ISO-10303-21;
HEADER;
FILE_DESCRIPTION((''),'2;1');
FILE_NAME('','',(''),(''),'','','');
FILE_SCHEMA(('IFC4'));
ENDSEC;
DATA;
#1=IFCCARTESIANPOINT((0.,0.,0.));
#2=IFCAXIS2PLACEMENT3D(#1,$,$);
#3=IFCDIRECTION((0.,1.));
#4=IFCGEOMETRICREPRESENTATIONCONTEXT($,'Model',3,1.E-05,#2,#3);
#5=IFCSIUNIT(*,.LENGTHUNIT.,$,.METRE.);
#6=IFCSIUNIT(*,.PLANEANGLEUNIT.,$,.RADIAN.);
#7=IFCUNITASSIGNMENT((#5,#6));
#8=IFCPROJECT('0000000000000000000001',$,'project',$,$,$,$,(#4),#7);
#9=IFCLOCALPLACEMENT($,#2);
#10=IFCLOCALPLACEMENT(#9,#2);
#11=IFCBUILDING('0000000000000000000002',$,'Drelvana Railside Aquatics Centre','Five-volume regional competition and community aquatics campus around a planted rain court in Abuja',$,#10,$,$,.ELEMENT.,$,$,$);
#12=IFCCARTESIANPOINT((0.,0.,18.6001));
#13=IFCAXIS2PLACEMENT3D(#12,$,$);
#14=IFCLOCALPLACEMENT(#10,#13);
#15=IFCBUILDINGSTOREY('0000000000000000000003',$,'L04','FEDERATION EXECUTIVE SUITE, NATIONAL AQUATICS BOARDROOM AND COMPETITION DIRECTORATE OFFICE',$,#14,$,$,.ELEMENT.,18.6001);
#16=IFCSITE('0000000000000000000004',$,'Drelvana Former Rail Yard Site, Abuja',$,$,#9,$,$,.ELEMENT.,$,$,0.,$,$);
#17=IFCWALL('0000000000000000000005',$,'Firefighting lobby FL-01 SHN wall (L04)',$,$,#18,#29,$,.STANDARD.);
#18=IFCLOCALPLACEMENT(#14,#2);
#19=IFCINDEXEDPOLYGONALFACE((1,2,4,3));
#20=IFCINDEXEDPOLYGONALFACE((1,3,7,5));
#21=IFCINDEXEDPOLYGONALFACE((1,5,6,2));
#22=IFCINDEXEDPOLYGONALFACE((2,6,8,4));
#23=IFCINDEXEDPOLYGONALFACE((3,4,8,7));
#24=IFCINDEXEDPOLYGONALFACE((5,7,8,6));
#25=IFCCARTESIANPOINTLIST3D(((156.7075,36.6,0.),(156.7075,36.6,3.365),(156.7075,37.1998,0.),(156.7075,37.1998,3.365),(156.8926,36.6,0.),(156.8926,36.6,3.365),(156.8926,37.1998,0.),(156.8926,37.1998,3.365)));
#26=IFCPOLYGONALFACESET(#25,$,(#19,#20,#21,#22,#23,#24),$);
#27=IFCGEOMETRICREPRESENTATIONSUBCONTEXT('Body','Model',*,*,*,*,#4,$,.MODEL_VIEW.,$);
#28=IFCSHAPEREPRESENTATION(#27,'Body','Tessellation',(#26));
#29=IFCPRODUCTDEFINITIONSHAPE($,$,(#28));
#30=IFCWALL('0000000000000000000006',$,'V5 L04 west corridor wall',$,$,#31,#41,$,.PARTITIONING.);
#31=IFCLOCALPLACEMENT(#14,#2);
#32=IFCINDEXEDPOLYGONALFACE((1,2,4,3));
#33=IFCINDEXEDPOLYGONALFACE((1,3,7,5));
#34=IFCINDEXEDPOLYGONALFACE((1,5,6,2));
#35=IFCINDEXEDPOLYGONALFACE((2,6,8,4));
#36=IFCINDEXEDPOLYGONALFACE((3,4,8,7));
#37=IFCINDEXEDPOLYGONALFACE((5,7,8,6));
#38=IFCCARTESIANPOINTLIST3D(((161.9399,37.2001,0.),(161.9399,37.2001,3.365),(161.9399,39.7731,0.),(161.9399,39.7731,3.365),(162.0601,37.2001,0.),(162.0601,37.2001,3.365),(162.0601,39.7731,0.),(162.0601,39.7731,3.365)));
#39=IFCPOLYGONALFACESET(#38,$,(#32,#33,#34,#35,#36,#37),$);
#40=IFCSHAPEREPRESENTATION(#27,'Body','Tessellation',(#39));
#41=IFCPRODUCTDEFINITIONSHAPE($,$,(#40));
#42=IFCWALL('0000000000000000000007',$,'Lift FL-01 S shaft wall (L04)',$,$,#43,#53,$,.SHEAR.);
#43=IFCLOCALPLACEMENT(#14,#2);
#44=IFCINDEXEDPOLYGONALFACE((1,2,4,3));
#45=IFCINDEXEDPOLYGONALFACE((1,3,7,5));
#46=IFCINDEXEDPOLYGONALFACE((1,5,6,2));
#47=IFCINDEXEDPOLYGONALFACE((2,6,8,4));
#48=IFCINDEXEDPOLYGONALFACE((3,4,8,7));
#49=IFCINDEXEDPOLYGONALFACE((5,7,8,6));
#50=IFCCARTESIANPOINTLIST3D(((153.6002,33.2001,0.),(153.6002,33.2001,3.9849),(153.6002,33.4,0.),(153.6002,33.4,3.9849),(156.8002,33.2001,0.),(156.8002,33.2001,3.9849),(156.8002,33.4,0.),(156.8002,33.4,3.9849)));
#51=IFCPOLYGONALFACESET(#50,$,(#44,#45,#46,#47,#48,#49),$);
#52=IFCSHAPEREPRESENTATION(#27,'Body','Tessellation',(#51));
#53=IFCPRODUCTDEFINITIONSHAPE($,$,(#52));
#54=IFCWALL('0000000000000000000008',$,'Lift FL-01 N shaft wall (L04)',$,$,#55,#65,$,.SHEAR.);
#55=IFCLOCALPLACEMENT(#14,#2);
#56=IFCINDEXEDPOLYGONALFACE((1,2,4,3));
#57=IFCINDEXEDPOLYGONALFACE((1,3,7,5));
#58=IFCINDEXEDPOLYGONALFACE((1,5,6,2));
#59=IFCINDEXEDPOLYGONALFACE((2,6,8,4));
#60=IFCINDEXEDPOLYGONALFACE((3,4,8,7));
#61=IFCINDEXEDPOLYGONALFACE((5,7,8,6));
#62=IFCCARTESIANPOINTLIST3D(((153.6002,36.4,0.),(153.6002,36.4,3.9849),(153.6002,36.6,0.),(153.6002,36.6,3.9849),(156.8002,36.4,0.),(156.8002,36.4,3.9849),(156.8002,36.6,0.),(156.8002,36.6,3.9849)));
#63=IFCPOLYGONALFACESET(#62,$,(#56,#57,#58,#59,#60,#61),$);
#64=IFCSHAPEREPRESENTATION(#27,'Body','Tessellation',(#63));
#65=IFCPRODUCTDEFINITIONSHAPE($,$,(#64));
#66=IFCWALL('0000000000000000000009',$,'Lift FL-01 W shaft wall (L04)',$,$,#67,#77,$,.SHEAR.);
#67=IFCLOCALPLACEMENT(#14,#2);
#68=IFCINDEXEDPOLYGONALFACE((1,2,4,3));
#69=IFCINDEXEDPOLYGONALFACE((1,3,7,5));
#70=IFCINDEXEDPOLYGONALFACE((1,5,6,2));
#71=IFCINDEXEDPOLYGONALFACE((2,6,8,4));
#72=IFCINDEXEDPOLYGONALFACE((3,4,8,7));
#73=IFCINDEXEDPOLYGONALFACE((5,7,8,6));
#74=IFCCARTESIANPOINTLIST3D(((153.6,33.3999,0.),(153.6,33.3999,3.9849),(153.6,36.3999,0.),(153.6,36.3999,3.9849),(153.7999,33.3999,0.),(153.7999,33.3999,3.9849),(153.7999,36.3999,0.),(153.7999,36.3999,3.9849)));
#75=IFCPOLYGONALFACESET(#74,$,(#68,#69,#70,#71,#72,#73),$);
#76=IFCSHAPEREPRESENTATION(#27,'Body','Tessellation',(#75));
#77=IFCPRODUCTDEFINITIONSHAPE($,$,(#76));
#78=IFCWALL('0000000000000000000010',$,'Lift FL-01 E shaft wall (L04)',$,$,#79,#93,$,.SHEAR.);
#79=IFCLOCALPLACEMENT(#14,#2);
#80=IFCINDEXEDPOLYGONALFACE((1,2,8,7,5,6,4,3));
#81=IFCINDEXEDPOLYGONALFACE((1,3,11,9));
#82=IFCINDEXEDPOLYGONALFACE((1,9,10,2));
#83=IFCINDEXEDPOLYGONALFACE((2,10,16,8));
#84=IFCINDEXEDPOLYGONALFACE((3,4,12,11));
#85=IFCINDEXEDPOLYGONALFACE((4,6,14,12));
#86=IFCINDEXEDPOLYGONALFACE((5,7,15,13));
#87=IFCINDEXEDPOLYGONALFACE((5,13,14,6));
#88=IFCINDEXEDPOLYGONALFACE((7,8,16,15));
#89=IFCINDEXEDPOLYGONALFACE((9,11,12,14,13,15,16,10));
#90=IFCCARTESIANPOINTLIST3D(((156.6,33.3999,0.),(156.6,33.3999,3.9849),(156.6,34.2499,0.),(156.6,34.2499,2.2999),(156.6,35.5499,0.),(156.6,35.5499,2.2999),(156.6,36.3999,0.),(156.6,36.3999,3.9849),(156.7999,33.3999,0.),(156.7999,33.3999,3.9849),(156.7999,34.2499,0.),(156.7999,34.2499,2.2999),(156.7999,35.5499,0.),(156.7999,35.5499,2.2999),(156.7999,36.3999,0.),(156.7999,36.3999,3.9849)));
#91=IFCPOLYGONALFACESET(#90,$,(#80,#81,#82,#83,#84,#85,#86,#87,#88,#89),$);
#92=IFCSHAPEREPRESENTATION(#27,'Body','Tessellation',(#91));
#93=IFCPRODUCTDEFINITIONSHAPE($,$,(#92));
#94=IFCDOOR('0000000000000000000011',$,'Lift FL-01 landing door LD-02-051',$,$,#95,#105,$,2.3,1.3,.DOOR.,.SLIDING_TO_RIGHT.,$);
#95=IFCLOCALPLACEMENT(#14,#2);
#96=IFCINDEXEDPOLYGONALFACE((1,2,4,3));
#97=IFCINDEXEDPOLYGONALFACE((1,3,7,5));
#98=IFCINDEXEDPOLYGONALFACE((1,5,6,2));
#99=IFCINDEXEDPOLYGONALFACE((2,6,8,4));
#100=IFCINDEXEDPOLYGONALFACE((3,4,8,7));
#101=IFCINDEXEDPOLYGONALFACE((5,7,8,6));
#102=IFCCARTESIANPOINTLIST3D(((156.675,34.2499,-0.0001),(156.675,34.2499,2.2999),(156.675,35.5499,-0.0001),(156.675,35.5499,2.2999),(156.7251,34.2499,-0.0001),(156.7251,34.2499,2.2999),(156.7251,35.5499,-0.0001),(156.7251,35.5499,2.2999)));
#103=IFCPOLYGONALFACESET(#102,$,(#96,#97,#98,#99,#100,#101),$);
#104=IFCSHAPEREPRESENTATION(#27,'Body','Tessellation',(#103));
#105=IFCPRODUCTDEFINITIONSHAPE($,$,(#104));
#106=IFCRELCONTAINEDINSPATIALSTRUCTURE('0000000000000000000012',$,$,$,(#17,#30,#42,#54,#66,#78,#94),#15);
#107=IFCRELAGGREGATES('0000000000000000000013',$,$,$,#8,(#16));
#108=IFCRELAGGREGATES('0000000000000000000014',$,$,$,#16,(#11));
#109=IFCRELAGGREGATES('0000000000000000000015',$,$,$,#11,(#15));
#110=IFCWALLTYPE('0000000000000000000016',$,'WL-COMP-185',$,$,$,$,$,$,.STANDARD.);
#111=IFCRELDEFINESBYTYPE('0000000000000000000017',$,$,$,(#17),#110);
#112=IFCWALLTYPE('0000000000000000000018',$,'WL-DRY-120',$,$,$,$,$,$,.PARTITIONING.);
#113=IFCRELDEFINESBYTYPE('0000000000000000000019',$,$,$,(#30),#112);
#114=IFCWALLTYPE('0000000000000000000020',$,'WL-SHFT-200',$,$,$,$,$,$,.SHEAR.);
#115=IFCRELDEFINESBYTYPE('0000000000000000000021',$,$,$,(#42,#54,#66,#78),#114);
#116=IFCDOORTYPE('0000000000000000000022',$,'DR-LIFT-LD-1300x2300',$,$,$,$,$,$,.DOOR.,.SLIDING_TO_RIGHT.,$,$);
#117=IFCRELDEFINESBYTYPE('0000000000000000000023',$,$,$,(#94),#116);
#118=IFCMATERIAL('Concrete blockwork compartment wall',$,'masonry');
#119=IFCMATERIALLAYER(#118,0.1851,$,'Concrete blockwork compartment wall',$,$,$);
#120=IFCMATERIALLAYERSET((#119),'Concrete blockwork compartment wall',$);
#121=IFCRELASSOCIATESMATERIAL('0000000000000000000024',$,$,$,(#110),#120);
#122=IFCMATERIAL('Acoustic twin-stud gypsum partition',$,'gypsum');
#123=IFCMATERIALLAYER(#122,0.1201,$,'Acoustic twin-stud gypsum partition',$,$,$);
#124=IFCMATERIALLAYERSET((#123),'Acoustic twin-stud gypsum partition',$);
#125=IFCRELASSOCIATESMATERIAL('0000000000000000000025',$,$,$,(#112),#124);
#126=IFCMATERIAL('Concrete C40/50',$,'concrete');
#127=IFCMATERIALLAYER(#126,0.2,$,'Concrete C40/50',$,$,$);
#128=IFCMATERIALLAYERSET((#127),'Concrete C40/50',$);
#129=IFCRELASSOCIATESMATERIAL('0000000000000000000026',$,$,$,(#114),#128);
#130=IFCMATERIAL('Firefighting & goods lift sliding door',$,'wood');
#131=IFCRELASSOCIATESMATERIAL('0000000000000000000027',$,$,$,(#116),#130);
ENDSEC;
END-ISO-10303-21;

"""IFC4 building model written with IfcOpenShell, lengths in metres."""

from ifc_helpers import new_model, si_unit, direction, frame, frame_2d, origin, place, context, subcontext, project, spatial, rectangle, extrude, material, layer, layer_set, type_object, element, fill, save


model = new_model("IFC4")

# Units and contexts
model_context = context("Model", 3, precision=1e-05, world=origin(), true_north=direction((0.0, 1.0)))
body_context = subcontext(model_context, "Body", "Model", "MODEL_VIEW")
ifc_project = project(units=[si_unit("LENGTHUNIT", "METRE"), si_unit("PLANEANGLEUNIT", "RADIAN")], contexts=[model_context])

# Site, building, storey
site_placement = place(None, origin())
site = spatial("IfcSite", under=ifc_project, at=site_placement, Name="Drelvana Former Rail Yard Site, Abuja", CompositionType="ELEMENT", RefElevation=0.0)
building_placement = place(site_placement, origin())
building = spatial("IfcBuilding", under=site, at=building_placement, Name="Drelvana Railside Aquatics Centre", Description="Five-volume regional competition and community aquatics campus around a planted rain court in Abuja", CompositionType="ELEMENT")
storey_placement = place(building_placement, frame((0.0, 0.0, 18.6001)))
storey = spatial("IfcBuildingStorey", under=building, at=storey_placement, Name="L04", Description="FEDERATION EXECUTIVE SUITE, NATIONAL AQUATICS BOARDROOM AND COMPETITION DIRECTORATE OFFICE", CompositionType="ELEMENT", Elevation=18.6001)

# Shared definitions
ifc_material_1 = material(Name="Concrete C40/50", Category="concrete")

# Shared definitions
ifc_material_2 = material(Name="Concrete blockwork compartment wall", Category="masonry")
ifc_layer_1 = layer(ifc_material_2, 0.1851, Name="Concrete blockwork compartment wall")
ifc_layer_set_1 = layer_set([ifc_layer_1], Name="Concrete blockwork compartment wall")
wall_type_1 = type_object("IfcWallType", Name="WL-COMP-185", PredefinedType="STANDARD", material=ifc_layer_set_1)

# Walls
for number, where, z_axis, x_axis, name in (
    (1, (156.8, 36.6001, 0.0), (0.0, 0.0, 1.0), (0.0, 1.0, 0.0), "Firefighting lobby FL-01 SHN wall (L04)"),
):
    element("IfcWall", number, at=place(storey_placement, frame(where, z_axis=z_axis, x_axis=x_axis)), inside=storey, type_object=wall_type_1, Name=name, PredefinedType="STANDARD", context=body_context, shape_type="SweptSolid", body=[
        extrude(rectangle(XDim=0.5999, YDim=0.1851, at=frame_2d((0.2998, 0.0))), origin(), (0.0, 0.0, 1.0), 3.365),
    ])
ifc_material_3 = material(Name="Acoustic twin-stud gypsum partition", Category="gypsum")
ifc_layer_2 = layer(ifc_material_3, 0.1201, Name="Acoustic twin-stud gypsum partition")
ifc_layer_set_2 = layer_set([ifc_layer_2], Name="Acoustic twin-stud gypsum partition")
wall_type_2 = type_object("IfcWallType", Name="WL-DRY-120", PredefinedType="PARTITIONING", material=ifc_layer_set_2)
wall_1_placement = place(storey_placement, frame((162.0, 37.2, 0.0), z_axis=(0.0, 0.0, 1.0), x_axis=(0.0, 1.0, 0.0)))
element("IfcWall", 2, at=wall_1_placement, inside=storey, type_object=wall_type_2, Name="V5 L04 west corridor wall", PredefinedType="PARTITIONING", context=body_context, shape_type="SweptSolid", body=[
    extrude(rectangle(XDim=2.573, YDim=0.1201, at=frame_2d((1.2866, 0.0))), origin(), (0.0, 0.0, 1.0), 3.365),
])

# Walls
ifc_layer_3 = layer(ifc_material_1, 0.2, Name="Concrete C40/50")
ifc_layer_set_3 = layer_set([ifc_layer_3], Name="Concrete C40/50")
wall_type_3 = type_object("IfcWallType", Name="WL-SHFT-200", PredefinedType="SHEAR", material=ifc_layer_set_3)
for number, where, z_axis, x_axis, name in (
    (3, (153.6001, 33.3, 0.0), (0.0, 0.0, 1.0), (1.0, 0.0, 0.0), "Lift FL-01 S shaft wall (L04)"),
    (4, (153.6001, 36.5, 0.0), (0.0, 0.0, 1.0), (1.0, 0.0, 0.0), "Lift FL-01 N shaft wall (L04)"),
):
    element("IfcWall", number, at=place(storey_placement, frame(where, z_axis=z_axis, x_axis=x_axis)), inside=storey, type_object=wall_type_3, Name=name, PredefinedType="SHEAR", context=body_context, shape_type="SweptSolid", body=[
        extrude(rectangle(XDim=3.2, YDim=0.2, at=frame_2d((1.6001, 0.0))), origin(), (0.0, 0.0, 1.0), 3.9849),
    ])
wall_2_placement = place(storey_placement, frame((153.7, 33.3999, 0.0), z_axis=(0.0, 0.0, 1.0), x_axis=(0.0, 1.0, 0.0)))
element("IfcWall", 5, at=wall_2_placement, inside=storey, type_object=wall_type_3, Name="Lift FL-01 W shaft wall (L04)", PredefinedType="SHEAR", context=body_context, shape_type="SweptSolid", body=[
    extrude(rectangle(XDim=3.0, YDim=0.2, at=frame_2d((1.5, 0.0))), origin(), (0.0, 0.0, 1.0), 3.9849),
])

# Wall, opening, door
wall_3_placement = place(storey_placement, frame((156.7, 33.3999, 0.0), z_axis=(0.0, 0.0, 1.0), x_axis=(0.0, 1.0, 0.0)))
wall_3 = element("IfcWall", 6, at=wall_3_placement, inside=storey, type_object=wall_type_3, Name="Lift FL-01 E shaft wall (L04)", PredefinedType="SHEAR", context=body_context, shape_type="SweptSolid", body=[
    extrude(rectangle(XDim=3.0, YDim=0.2, at=frame_2d((1.5, 0.0))), origin(), (0.0, 0.0, 1.0), 3.9849),
])
opening_1_placement = place(wall_3_placement, frame((0.8501, 0.0, 0.0)))
opening_1 = element("IfcOpeningElement", 7, at=opening_1_placement, cuts=wall_3, PredefinedType="OPENING", context=body_context, shape_type="SweptSolid", body=[
    extrude(rectangle(XDim=1.3, YDim=2.3, at=frame_2d((0.6499, 1.1499))), frame((0.0, 0.1099, 0.0), z_axis=(0.0, -1.0, 0.0), x_axis=(1.0, 0.0, 0.0)), (0.0, 0.0, 1.0), 0.22),
])
ifc_material_4 = material(Name="Firefighting & goods lift sliding door", Category="wood")
door_type_1 = type_object("IfcDoorType", Name="DR-LIFT-LD-1300x2300", OperationType="SLIDING_TO_RIGHT", PredefinedType="DOOR", material=ifc_material_4)
door_1_placement = place(opening_1_placement, origin())
door_1 = element("IfcDoor", 8, at=door_1_placement, inside=storey, type_object=door_type_1, Name="Lift FL-01 landing door LD-02-051", OperationType="SLIDING_TO_RIGHT", OverallHeight=2.3, OverallWidth=1.3, PredefinedType="DOOR", context=body_context, shape_type="SweptSolid", body=[
    extrude(rectangle(XDim=1.3, YDim=2.3, at=frame_2d((0.6499, 1.1499))), frame((0.0, 0.0249, 0.0), z_axis=(0.0, -1.0, 0.0), x_axis=(1.0, 0.0, 0.0)), (0.0, 0.0, 1.0), 0.05),
])
fill(opening_1, door_1)

save(model, "model.ifc")
